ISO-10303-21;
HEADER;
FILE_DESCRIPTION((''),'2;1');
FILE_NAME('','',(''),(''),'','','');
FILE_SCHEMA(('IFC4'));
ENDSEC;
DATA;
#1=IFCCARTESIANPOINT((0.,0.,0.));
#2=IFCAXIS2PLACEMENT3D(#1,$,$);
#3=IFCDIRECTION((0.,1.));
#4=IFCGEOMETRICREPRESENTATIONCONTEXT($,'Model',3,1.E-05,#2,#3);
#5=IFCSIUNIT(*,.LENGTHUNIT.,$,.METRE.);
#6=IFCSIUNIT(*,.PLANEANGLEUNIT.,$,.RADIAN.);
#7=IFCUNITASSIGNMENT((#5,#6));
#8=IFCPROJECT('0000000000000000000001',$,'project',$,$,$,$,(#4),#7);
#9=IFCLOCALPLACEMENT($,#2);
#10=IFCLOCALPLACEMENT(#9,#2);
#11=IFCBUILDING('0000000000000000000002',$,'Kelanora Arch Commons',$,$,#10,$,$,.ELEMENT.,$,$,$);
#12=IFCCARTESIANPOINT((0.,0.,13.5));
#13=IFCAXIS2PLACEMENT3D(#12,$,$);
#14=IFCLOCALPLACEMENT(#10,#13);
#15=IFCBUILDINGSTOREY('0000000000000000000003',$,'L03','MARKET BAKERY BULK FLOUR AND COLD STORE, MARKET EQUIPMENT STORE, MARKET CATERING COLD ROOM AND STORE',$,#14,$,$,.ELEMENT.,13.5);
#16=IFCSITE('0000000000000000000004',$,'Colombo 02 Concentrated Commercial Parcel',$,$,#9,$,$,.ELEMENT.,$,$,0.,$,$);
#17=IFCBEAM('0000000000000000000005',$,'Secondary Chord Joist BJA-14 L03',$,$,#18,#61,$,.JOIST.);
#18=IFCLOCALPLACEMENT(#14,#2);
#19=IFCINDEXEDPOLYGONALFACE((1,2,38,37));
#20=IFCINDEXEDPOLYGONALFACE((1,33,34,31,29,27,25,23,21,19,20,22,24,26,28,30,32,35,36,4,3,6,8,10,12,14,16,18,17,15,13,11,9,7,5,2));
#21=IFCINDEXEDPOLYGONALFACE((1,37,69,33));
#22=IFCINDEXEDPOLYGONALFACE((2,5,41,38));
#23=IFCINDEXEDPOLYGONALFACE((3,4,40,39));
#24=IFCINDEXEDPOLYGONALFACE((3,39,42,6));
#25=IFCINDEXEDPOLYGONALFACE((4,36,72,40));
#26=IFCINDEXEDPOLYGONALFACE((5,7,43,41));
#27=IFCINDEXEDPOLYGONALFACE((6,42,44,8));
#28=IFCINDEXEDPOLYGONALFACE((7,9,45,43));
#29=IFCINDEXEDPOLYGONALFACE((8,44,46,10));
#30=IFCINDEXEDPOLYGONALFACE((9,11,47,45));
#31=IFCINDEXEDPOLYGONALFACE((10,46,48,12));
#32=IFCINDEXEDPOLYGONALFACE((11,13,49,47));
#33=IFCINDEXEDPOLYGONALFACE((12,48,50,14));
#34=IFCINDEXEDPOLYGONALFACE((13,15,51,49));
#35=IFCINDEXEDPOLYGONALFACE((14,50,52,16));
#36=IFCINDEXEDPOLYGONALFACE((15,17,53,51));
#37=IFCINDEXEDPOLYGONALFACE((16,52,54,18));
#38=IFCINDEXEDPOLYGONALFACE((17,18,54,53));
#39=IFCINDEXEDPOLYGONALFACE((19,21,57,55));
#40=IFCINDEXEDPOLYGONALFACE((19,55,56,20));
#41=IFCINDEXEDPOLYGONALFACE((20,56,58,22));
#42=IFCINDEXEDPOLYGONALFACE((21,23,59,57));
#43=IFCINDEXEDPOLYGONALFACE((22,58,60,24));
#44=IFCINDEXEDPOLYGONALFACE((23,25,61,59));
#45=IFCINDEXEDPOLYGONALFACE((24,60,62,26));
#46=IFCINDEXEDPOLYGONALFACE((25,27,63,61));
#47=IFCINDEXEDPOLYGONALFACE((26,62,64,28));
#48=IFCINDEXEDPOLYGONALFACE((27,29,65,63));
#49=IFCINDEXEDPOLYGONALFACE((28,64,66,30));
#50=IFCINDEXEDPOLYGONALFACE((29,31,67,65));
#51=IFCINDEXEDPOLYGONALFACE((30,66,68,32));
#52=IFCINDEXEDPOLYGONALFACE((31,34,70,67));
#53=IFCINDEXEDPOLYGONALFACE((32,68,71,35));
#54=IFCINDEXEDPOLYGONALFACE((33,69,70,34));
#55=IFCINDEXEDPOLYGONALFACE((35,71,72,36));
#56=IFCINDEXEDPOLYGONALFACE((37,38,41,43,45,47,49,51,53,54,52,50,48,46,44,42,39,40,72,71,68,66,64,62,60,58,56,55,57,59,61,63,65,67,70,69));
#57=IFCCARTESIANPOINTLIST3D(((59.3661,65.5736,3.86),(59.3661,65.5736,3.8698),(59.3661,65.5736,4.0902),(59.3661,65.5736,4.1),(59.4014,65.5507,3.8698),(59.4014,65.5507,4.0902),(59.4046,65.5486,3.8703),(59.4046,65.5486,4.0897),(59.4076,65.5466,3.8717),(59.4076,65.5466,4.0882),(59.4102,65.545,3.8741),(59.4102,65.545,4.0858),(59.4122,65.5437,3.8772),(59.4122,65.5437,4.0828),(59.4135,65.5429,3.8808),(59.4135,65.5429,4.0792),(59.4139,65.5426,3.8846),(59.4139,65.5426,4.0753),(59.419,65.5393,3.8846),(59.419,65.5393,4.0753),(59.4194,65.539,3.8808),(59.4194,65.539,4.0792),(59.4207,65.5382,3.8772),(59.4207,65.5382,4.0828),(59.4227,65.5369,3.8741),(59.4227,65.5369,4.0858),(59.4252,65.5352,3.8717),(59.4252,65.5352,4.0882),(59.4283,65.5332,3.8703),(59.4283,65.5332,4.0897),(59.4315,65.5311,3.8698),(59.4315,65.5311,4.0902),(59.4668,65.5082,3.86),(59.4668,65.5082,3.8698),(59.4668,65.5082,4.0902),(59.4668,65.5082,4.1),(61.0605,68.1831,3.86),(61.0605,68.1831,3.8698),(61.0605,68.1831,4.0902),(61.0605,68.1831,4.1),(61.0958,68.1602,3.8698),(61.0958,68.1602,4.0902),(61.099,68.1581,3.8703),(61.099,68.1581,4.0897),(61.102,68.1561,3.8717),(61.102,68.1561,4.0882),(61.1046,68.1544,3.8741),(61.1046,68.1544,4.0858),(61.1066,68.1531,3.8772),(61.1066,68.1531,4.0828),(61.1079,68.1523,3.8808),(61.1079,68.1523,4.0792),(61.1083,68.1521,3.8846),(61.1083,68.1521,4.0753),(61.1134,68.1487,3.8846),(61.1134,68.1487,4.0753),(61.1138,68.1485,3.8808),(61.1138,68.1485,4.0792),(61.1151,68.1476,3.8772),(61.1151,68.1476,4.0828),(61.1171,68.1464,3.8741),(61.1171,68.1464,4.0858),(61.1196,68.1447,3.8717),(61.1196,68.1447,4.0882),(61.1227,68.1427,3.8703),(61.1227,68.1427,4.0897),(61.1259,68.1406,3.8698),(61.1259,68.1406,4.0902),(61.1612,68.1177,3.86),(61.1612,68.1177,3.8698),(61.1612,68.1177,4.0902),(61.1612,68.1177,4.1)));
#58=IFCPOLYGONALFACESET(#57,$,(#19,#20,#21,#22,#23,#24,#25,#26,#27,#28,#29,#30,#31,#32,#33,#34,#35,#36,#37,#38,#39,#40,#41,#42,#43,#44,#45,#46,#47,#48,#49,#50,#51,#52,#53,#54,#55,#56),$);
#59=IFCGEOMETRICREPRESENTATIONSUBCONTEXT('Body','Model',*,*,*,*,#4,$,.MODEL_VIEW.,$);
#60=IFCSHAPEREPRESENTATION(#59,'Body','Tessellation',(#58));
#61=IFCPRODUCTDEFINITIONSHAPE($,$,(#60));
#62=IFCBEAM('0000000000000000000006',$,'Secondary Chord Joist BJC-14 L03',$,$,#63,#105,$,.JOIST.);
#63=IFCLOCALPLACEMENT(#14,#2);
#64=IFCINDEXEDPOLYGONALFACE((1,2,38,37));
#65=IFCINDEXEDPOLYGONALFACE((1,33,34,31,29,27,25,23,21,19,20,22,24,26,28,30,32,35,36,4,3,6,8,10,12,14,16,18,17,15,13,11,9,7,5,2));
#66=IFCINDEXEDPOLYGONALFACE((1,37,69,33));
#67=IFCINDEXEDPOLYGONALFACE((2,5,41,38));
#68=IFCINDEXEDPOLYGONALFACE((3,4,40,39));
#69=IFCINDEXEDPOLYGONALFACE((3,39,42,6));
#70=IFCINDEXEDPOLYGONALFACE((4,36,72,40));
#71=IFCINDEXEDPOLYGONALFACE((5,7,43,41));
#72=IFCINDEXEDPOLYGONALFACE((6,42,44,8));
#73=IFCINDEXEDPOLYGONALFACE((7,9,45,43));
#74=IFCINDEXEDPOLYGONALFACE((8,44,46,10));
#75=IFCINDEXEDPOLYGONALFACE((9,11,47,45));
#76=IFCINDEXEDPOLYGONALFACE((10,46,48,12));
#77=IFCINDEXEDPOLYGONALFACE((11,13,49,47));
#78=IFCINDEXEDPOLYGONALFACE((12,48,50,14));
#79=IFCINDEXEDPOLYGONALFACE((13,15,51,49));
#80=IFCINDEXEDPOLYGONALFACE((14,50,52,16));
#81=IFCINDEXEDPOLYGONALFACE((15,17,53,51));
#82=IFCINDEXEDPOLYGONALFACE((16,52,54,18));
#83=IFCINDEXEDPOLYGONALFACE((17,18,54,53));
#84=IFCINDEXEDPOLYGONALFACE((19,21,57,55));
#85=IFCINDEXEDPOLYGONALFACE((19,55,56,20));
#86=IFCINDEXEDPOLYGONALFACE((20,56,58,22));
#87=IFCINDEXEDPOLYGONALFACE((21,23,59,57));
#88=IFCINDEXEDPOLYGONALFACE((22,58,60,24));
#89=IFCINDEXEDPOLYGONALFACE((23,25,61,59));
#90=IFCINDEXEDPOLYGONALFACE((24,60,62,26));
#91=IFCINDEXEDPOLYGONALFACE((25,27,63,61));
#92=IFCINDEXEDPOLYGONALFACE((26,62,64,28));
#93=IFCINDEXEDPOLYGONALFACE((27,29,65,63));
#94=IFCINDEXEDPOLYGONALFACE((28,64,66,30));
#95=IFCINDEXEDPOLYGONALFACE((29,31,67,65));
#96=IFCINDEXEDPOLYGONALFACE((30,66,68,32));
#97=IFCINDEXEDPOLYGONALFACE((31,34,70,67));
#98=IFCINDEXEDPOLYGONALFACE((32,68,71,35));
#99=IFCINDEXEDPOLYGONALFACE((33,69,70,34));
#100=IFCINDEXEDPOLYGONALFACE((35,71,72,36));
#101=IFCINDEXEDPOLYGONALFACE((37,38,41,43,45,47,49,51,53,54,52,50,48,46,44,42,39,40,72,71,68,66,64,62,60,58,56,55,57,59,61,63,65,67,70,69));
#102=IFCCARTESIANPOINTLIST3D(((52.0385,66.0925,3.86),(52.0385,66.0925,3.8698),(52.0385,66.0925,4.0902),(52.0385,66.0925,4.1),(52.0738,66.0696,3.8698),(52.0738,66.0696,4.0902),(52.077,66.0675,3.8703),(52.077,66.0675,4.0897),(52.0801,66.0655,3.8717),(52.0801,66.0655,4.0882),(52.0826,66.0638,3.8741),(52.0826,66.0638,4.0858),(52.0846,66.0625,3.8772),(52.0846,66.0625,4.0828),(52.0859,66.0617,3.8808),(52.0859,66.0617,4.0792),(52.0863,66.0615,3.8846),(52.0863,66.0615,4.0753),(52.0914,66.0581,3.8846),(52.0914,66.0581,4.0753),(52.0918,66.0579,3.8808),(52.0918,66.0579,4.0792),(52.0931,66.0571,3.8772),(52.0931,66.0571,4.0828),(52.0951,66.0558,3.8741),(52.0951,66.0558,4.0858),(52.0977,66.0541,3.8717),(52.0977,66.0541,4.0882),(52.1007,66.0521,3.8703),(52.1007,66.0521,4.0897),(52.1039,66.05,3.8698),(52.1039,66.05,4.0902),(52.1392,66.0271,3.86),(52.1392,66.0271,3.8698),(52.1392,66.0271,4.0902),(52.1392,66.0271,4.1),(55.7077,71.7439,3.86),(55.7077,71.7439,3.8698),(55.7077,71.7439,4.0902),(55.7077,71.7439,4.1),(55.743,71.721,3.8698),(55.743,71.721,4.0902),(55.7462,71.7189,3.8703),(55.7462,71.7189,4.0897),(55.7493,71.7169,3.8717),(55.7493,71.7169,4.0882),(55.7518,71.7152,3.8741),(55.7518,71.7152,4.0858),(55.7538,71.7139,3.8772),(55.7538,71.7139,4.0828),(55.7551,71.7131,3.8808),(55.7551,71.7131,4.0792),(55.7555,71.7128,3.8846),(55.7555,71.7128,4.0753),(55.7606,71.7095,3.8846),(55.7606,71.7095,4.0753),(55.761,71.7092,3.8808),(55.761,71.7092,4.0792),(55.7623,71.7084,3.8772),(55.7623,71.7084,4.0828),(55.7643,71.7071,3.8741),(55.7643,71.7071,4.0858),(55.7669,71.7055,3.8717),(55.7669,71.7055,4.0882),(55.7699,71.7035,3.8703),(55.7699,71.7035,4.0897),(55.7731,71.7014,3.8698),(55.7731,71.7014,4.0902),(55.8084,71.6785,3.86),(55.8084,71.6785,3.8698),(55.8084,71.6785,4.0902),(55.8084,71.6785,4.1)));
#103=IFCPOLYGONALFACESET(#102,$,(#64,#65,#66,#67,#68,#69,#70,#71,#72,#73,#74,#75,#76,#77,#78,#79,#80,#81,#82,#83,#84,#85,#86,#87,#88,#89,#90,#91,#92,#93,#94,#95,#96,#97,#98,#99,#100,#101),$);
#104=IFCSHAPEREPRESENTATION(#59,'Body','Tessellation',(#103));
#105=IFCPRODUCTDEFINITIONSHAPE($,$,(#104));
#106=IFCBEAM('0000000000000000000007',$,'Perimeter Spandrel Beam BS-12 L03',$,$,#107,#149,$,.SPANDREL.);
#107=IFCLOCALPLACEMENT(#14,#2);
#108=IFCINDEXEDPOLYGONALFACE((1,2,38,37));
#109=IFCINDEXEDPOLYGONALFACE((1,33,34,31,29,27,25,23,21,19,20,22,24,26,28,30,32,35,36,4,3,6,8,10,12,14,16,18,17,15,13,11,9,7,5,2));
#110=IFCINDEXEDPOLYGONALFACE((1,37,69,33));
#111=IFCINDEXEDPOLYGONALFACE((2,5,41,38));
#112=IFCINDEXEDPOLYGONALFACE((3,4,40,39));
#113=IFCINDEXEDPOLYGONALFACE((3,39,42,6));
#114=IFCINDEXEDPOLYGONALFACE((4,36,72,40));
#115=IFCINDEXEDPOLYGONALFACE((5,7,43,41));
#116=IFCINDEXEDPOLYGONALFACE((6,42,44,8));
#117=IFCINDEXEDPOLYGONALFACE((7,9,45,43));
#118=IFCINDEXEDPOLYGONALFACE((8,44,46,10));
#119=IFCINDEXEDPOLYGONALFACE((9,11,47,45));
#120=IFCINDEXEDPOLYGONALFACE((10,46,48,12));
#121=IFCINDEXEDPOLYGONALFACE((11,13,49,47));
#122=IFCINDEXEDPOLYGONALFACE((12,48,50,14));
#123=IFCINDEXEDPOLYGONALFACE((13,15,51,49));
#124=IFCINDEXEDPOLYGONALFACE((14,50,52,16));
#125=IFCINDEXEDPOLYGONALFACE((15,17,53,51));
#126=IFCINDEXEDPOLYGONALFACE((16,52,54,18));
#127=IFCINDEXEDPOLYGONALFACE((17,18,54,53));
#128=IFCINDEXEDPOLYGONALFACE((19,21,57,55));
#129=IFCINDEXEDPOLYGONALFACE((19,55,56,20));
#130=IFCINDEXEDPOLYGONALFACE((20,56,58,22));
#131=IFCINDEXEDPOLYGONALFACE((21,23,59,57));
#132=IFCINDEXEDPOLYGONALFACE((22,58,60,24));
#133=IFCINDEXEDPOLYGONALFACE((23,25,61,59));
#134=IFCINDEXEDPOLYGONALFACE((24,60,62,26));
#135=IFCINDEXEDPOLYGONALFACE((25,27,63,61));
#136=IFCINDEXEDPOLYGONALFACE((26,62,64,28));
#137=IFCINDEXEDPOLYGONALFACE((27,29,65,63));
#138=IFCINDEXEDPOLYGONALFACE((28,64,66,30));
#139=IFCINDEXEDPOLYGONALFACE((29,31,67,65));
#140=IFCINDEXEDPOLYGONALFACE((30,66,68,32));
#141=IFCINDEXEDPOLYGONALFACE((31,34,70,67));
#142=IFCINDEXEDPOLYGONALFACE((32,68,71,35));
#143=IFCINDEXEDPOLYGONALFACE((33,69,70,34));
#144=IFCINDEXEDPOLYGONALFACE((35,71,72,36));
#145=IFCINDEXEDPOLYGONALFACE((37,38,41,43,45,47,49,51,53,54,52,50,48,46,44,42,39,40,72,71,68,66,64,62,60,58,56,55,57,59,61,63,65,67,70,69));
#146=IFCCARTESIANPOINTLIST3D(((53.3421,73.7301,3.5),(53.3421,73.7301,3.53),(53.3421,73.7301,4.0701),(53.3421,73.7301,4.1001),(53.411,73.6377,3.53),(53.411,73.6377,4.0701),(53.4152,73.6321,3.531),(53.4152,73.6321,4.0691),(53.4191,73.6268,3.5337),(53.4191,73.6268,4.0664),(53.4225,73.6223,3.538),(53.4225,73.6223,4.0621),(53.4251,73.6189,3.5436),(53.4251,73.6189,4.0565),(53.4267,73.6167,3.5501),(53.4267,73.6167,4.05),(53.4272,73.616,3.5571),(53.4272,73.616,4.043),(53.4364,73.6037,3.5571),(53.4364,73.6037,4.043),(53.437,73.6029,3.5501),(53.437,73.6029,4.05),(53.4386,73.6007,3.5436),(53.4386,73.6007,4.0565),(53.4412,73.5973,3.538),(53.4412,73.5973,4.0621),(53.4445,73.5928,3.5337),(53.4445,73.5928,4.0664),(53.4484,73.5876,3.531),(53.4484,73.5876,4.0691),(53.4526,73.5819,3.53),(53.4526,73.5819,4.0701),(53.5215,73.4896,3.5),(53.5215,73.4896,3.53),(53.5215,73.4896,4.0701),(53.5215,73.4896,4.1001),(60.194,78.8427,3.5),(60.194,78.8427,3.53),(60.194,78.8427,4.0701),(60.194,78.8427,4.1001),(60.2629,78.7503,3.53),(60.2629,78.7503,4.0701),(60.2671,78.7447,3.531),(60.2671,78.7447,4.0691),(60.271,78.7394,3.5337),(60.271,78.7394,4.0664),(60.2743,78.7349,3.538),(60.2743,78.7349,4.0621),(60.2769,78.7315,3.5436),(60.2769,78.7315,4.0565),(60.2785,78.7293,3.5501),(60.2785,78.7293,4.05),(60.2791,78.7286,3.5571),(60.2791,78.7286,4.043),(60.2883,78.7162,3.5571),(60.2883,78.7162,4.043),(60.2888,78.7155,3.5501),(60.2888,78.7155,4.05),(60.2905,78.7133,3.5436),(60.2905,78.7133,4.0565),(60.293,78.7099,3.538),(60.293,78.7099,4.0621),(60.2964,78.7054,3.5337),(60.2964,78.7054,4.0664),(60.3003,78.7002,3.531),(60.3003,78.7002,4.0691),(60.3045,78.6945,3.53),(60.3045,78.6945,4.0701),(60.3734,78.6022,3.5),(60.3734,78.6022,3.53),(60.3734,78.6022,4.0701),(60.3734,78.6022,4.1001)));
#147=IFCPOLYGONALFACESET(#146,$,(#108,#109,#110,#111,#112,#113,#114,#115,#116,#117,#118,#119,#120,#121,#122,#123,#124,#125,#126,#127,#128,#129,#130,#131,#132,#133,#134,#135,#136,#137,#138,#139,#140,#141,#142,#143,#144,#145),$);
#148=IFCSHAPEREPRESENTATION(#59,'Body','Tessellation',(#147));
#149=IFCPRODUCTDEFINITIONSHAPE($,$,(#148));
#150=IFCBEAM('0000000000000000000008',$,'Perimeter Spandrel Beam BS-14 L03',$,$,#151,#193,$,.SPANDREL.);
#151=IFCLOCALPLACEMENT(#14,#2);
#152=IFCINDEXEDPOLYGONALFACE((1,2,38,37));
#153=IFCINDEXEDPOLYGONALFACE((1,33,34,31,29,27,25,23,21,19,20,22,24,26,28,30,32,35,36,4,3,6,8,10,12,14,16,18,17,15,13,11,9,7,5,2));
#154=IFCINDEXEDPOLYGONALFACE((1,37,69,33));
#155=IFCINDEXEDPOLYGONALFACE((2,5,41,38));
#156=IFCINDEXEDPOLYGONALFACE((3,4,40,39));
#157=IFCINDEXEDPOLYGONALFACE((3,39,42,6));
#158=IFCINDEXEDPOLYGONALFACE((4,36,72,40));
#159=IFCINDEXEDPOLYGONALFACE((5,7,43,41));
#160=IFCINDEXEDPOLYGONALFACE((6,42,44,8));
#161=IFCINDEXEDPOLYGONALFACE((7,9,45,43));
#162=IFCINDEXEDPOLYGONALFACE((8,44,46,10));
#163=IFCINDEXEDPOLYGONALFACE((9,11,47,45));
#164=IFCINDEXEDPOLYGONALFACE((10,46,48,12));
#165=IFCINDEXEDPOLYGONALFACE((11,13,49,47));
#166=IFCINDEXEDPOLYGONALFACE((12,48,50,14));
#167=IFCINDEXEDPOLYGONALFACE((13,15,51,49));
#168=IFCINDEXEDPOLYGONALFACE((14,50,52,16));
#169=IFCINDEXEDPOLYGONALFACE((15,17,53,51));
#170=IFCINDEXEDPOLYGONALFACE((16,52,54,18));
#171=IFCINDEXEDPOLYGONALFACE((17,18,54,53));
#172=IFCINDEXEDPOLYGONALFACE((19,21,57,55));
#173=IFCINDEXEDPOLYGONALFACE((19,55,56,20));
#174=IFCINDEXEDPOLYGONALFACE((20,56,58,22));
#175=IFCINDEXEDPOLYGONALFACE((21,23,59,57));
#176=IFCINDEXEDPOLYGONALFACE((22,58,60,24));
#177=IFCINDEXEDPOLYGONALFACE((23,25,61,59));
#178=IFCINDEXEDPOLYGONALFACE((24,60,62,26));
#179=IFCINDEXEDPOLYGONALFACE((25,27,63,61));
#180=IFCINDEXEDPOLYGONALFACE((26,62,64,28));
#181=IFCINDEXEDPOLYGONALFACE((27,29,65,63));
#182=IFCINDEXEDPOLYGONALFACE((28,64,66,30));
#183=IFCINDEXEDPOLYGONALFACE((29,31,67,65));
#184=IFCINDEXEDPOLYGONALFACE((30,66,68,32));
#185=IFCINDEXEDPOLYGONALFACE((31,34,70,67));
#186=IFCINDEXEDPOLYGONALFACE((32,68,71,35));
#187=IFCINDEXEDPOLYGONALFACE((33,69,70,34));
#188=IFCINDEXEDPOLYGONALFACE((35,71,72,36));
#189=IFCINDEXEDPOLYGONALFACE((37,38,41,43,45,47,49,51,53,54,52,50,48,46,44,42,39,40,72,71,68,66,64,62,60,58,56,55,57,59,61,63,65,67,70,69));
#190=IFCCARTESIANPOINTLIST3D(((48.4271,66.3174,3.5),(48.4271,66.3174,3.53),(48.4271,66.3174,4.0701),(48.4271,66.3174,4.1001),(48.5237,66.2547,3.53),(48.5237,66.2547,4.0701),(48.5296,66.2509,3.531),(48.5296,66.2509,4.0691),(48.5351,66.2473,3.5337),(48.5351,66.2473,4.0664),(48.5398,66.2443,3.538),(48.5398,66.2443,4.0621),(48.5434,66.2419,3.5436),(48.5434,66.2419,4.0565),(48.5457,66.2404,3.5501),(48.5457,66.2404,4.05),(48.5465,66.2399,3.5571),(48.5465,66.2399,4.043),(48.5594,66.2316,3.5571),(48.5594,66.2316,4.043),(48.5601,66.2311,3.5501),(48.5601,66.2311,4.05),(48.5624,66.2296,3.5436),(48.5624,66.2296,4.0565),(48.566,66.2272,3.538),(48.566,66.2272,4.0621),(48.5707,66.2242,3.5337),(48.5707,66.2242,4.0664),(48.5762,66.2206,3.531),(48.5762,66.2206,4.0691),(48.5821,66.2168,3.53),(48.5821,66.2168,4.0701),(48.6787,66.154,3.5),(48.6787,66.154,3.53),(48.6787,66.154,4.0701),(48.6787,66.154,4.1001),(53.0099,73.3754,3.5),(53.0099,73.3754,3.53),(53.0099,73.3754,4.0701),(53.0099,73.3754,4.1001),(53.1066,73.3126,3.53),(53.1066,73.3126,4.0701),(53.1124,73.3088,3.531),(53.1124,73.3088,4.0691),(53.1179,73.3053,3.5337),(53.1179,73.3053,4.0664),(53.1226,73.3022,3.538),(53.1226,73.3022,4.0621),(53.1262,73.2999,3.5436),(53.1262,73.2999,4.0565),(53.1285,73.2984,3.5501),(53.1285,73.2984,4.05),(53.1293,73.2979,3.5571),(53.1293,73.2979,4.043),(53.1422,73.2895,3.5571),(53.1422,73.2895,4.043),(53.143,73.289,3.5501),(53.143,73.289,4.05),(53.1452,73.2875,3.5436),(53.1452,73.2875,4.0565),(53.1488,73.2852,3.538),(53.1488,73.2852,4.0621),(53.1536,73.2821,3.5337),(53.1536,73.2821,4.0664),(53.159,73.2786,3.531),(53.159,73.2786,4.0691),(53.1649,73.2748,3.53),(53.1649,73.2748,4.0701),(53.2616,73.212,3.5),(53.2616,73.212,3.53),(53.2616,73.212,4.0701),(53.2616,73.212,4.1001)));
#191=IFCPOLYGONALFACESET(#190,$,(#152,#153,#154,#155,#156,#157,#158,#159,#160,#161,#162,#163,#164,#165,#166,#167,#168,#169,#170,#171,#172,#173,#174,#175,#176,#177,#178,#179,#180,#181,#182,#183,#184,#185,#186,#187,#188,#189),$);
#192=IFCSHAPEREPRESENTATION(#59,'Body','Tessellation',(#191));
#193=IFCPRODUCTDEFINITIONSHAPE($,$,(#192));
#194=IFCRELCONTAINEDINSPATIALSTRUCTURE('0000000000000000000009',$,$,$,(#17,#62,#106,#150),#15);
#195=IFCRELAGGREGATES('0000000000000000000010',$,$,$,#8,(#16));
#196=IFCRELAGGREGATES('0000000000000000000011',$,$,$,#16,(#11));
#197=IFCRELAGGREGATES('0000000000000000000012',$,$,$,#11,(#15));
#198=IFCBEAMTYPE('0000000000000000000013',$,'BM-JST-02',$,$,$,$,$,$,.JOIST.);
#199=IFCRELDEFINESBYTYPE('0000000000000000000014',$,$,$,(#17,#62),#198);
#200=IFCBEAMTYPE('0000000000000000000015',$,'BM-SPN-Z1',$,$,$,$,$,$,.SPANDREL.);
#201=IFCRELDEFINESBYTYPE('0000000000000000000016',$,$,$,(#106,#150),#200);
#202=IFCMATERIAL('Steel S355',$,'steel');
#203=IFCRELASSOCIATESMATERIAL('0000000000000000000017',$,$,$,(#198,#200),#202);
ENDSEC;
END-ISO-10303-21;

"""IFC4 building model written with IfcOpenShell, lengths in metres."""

from ifc_helpers import new_model, si_unit, direction, frame, origin, origin_2d, place, context, subcontext, project, spatial, i_section, extrude, material, material_profile, profile_set, type_object, element, save


model = new_model("IFC4")

# Units and contexts
model_context = context("Model", 3, precision=1e-05, world=origin(), true_north=direction((0.0, 1.0)))
body_context = subcontext(model_context, "Body", "Model", "MODEL_VIEW")
ifc_project = project(units=[si_unit("LENGTHUNIT", "METRE"), si_unit("PLANEANGLEUNIT", "RADIAN")], contexts=[model_context])

# Site, building, storey
site_placement = place(None, origin())
site = spatial("IfcSite", under=ifc_project, at=site_placement, Name="Colombo 02 Concentrated Commercial Parcel", CompositionType="ELEMENT", RefElevation=0.0)
building_placement = place(site_placement, origin())
building = spatial("IfcBuilding", under=site, at=building_placement, Name="Kelanora Arch Commons", CompositionType="ELEMENT")
storey_placement = place(building_placement, frame((0.0, 0.0, 13.5)))
storey = spatial("IfcBuildingStorey", under=building, at=storey_placement, Name="L03", Description="MARKET BAKERY BULK FLOUR AND COLD STORE, MARKET EQUIPMENT STORE, MARKET CATERING COLD ROOM AND STORE", CompositionType="ELEMENT", Elevation=13.5)

# Beams
ifc_material_1 = material(Name="Steel S355", Category="steel")
ifc_material_profile_1 = material_profile(ifc_material_1, i_section(OverallWidth=0.1201, OverallDepth=0.24, WebThickness=0.0061, FlangeThickness=0.0098, FilletRadius=0.0149, at=origin_2d()), Name="IPE240")
ifc_profile_set_1 = profile_set([ifc_material_profile_1], Name="Steel S355")
beam_type_1 = type_object("IfcBeamType", Name="BM-JST-02", PredefinedType="JOIST", material=ifc_profile_set_1)
beam_1_placement = place(storey_placement, frame((61.1108, 68.1504, 3.98), z_axis=(-0.544591, -0.838702, 0.0), x_axis=(0.838702, -0.544591, 0.0)))
element("IfcBeam", 1, at=beam_1_placement, inside=storey, type_object=beam_type_1, Name="Secondary Chord Joist BJA-14 L03", PredefinedType="JOIST", context=body_context, shape_type="SweptSolid", body=[
    extrude(i_section(OverallWidth=0.1201, OverallDepth=0.24, WebThickness=0.0061, FlangeThickness=0.0098, FilletRadius=0.0149, at=origin_2d()), origin(), (0.0, 0.0, 1.0), 3.1113),
])
beam_2_placement = place(storey_placement, frame((55.7581, 71.7112, 3.98), z_axis=(-0.54455, -0.838728, 0.0), x_axis=(0.838728, -0.54455, 0.0)))
element("IfcBeam", 2, at=beam_2_placement, inside=storey, type_object=beam_type_1, Name="Secondary Chord Joist BJC-14 L03", PredefinedType="JOIST", context=body_context, shape_type="SweptSolid", body=[
    extrude(i_section(OverallWidth=0.1201, OverallDepth=0.24, WebThickness=0.0061, FlangeThickness=0.0098, FilletRadius=0.0149, at=origin_2d()), origin(), (0.0, 0.0, 1.0), 6.738),
])
ifc_material_profile_2 = material_profile(ifc_material_1, i_section(OverallWidth=0.3, OverallDepth=0.6001, WebThickness=0.0154, FlangeThickness=0.03, FilletRadius=0.0271, at=origin_2d()), Name="HEB600")
ifc_profile_set_2 = profile_set([ifc_material_profile_2], Name="Steel S355")
beam_type_2 = type_object("IfcBeamType", Name="BM-SPN-Z1", PredefinedType="SPANDREL", material=ifc_profile_set_2)
beam_3_placement = place(storey_placement, frame((60.2837, 78.7224, 3.8), z_axis=(-0.801475, -0.598029, 0.0), x_axis=(0.598029, -0.801475, 0.0)))
element("IfcBeam", 3, at=beam_3_placement, inside=storey, type_object=beam_type_2, Name="Perimeter Spandrel Beam BS-12 L03", PredefinedType="SPANDREL", context=body_context, shape_type="SweptSolid", body=[
    extrude(i_section(OverallWidth=0.3, OverallDepth=0.6001, WebThickness=0.0154, FlangeThickness=0.03, FilletRadius=0.0271, at=origin_2d()), origin(), (0.0, 0.0, 1.0), 8.5491),
])
beam_4_placement = place(storey_placement, frame((53.1357, 73.2937, 3.8), z_axis=(-0.544583, -0.838707, 0.0), x_axis=(0.838707, -0.544583, 0.0)))
element("IfcBeam", 4, at=beam_4_placement, inside=storey, type_object=beam_type_2, Name="Perimeter Spandrel Beam BS-14 L03", PredefinedType="SPANDREL", context=body_context, shape_type="SweptSolid", body=[
    extrude(i_section(OverallWidth=0.3, OverallDepth=0.6001, WebThickness=0.0154, FlangeThickness=0.03, FilletRadius=0.0271, at=origin_2d()), origin(), (0.0, 0.0, 1.0), 8.4153),
])

save(model, "model.ifc")
